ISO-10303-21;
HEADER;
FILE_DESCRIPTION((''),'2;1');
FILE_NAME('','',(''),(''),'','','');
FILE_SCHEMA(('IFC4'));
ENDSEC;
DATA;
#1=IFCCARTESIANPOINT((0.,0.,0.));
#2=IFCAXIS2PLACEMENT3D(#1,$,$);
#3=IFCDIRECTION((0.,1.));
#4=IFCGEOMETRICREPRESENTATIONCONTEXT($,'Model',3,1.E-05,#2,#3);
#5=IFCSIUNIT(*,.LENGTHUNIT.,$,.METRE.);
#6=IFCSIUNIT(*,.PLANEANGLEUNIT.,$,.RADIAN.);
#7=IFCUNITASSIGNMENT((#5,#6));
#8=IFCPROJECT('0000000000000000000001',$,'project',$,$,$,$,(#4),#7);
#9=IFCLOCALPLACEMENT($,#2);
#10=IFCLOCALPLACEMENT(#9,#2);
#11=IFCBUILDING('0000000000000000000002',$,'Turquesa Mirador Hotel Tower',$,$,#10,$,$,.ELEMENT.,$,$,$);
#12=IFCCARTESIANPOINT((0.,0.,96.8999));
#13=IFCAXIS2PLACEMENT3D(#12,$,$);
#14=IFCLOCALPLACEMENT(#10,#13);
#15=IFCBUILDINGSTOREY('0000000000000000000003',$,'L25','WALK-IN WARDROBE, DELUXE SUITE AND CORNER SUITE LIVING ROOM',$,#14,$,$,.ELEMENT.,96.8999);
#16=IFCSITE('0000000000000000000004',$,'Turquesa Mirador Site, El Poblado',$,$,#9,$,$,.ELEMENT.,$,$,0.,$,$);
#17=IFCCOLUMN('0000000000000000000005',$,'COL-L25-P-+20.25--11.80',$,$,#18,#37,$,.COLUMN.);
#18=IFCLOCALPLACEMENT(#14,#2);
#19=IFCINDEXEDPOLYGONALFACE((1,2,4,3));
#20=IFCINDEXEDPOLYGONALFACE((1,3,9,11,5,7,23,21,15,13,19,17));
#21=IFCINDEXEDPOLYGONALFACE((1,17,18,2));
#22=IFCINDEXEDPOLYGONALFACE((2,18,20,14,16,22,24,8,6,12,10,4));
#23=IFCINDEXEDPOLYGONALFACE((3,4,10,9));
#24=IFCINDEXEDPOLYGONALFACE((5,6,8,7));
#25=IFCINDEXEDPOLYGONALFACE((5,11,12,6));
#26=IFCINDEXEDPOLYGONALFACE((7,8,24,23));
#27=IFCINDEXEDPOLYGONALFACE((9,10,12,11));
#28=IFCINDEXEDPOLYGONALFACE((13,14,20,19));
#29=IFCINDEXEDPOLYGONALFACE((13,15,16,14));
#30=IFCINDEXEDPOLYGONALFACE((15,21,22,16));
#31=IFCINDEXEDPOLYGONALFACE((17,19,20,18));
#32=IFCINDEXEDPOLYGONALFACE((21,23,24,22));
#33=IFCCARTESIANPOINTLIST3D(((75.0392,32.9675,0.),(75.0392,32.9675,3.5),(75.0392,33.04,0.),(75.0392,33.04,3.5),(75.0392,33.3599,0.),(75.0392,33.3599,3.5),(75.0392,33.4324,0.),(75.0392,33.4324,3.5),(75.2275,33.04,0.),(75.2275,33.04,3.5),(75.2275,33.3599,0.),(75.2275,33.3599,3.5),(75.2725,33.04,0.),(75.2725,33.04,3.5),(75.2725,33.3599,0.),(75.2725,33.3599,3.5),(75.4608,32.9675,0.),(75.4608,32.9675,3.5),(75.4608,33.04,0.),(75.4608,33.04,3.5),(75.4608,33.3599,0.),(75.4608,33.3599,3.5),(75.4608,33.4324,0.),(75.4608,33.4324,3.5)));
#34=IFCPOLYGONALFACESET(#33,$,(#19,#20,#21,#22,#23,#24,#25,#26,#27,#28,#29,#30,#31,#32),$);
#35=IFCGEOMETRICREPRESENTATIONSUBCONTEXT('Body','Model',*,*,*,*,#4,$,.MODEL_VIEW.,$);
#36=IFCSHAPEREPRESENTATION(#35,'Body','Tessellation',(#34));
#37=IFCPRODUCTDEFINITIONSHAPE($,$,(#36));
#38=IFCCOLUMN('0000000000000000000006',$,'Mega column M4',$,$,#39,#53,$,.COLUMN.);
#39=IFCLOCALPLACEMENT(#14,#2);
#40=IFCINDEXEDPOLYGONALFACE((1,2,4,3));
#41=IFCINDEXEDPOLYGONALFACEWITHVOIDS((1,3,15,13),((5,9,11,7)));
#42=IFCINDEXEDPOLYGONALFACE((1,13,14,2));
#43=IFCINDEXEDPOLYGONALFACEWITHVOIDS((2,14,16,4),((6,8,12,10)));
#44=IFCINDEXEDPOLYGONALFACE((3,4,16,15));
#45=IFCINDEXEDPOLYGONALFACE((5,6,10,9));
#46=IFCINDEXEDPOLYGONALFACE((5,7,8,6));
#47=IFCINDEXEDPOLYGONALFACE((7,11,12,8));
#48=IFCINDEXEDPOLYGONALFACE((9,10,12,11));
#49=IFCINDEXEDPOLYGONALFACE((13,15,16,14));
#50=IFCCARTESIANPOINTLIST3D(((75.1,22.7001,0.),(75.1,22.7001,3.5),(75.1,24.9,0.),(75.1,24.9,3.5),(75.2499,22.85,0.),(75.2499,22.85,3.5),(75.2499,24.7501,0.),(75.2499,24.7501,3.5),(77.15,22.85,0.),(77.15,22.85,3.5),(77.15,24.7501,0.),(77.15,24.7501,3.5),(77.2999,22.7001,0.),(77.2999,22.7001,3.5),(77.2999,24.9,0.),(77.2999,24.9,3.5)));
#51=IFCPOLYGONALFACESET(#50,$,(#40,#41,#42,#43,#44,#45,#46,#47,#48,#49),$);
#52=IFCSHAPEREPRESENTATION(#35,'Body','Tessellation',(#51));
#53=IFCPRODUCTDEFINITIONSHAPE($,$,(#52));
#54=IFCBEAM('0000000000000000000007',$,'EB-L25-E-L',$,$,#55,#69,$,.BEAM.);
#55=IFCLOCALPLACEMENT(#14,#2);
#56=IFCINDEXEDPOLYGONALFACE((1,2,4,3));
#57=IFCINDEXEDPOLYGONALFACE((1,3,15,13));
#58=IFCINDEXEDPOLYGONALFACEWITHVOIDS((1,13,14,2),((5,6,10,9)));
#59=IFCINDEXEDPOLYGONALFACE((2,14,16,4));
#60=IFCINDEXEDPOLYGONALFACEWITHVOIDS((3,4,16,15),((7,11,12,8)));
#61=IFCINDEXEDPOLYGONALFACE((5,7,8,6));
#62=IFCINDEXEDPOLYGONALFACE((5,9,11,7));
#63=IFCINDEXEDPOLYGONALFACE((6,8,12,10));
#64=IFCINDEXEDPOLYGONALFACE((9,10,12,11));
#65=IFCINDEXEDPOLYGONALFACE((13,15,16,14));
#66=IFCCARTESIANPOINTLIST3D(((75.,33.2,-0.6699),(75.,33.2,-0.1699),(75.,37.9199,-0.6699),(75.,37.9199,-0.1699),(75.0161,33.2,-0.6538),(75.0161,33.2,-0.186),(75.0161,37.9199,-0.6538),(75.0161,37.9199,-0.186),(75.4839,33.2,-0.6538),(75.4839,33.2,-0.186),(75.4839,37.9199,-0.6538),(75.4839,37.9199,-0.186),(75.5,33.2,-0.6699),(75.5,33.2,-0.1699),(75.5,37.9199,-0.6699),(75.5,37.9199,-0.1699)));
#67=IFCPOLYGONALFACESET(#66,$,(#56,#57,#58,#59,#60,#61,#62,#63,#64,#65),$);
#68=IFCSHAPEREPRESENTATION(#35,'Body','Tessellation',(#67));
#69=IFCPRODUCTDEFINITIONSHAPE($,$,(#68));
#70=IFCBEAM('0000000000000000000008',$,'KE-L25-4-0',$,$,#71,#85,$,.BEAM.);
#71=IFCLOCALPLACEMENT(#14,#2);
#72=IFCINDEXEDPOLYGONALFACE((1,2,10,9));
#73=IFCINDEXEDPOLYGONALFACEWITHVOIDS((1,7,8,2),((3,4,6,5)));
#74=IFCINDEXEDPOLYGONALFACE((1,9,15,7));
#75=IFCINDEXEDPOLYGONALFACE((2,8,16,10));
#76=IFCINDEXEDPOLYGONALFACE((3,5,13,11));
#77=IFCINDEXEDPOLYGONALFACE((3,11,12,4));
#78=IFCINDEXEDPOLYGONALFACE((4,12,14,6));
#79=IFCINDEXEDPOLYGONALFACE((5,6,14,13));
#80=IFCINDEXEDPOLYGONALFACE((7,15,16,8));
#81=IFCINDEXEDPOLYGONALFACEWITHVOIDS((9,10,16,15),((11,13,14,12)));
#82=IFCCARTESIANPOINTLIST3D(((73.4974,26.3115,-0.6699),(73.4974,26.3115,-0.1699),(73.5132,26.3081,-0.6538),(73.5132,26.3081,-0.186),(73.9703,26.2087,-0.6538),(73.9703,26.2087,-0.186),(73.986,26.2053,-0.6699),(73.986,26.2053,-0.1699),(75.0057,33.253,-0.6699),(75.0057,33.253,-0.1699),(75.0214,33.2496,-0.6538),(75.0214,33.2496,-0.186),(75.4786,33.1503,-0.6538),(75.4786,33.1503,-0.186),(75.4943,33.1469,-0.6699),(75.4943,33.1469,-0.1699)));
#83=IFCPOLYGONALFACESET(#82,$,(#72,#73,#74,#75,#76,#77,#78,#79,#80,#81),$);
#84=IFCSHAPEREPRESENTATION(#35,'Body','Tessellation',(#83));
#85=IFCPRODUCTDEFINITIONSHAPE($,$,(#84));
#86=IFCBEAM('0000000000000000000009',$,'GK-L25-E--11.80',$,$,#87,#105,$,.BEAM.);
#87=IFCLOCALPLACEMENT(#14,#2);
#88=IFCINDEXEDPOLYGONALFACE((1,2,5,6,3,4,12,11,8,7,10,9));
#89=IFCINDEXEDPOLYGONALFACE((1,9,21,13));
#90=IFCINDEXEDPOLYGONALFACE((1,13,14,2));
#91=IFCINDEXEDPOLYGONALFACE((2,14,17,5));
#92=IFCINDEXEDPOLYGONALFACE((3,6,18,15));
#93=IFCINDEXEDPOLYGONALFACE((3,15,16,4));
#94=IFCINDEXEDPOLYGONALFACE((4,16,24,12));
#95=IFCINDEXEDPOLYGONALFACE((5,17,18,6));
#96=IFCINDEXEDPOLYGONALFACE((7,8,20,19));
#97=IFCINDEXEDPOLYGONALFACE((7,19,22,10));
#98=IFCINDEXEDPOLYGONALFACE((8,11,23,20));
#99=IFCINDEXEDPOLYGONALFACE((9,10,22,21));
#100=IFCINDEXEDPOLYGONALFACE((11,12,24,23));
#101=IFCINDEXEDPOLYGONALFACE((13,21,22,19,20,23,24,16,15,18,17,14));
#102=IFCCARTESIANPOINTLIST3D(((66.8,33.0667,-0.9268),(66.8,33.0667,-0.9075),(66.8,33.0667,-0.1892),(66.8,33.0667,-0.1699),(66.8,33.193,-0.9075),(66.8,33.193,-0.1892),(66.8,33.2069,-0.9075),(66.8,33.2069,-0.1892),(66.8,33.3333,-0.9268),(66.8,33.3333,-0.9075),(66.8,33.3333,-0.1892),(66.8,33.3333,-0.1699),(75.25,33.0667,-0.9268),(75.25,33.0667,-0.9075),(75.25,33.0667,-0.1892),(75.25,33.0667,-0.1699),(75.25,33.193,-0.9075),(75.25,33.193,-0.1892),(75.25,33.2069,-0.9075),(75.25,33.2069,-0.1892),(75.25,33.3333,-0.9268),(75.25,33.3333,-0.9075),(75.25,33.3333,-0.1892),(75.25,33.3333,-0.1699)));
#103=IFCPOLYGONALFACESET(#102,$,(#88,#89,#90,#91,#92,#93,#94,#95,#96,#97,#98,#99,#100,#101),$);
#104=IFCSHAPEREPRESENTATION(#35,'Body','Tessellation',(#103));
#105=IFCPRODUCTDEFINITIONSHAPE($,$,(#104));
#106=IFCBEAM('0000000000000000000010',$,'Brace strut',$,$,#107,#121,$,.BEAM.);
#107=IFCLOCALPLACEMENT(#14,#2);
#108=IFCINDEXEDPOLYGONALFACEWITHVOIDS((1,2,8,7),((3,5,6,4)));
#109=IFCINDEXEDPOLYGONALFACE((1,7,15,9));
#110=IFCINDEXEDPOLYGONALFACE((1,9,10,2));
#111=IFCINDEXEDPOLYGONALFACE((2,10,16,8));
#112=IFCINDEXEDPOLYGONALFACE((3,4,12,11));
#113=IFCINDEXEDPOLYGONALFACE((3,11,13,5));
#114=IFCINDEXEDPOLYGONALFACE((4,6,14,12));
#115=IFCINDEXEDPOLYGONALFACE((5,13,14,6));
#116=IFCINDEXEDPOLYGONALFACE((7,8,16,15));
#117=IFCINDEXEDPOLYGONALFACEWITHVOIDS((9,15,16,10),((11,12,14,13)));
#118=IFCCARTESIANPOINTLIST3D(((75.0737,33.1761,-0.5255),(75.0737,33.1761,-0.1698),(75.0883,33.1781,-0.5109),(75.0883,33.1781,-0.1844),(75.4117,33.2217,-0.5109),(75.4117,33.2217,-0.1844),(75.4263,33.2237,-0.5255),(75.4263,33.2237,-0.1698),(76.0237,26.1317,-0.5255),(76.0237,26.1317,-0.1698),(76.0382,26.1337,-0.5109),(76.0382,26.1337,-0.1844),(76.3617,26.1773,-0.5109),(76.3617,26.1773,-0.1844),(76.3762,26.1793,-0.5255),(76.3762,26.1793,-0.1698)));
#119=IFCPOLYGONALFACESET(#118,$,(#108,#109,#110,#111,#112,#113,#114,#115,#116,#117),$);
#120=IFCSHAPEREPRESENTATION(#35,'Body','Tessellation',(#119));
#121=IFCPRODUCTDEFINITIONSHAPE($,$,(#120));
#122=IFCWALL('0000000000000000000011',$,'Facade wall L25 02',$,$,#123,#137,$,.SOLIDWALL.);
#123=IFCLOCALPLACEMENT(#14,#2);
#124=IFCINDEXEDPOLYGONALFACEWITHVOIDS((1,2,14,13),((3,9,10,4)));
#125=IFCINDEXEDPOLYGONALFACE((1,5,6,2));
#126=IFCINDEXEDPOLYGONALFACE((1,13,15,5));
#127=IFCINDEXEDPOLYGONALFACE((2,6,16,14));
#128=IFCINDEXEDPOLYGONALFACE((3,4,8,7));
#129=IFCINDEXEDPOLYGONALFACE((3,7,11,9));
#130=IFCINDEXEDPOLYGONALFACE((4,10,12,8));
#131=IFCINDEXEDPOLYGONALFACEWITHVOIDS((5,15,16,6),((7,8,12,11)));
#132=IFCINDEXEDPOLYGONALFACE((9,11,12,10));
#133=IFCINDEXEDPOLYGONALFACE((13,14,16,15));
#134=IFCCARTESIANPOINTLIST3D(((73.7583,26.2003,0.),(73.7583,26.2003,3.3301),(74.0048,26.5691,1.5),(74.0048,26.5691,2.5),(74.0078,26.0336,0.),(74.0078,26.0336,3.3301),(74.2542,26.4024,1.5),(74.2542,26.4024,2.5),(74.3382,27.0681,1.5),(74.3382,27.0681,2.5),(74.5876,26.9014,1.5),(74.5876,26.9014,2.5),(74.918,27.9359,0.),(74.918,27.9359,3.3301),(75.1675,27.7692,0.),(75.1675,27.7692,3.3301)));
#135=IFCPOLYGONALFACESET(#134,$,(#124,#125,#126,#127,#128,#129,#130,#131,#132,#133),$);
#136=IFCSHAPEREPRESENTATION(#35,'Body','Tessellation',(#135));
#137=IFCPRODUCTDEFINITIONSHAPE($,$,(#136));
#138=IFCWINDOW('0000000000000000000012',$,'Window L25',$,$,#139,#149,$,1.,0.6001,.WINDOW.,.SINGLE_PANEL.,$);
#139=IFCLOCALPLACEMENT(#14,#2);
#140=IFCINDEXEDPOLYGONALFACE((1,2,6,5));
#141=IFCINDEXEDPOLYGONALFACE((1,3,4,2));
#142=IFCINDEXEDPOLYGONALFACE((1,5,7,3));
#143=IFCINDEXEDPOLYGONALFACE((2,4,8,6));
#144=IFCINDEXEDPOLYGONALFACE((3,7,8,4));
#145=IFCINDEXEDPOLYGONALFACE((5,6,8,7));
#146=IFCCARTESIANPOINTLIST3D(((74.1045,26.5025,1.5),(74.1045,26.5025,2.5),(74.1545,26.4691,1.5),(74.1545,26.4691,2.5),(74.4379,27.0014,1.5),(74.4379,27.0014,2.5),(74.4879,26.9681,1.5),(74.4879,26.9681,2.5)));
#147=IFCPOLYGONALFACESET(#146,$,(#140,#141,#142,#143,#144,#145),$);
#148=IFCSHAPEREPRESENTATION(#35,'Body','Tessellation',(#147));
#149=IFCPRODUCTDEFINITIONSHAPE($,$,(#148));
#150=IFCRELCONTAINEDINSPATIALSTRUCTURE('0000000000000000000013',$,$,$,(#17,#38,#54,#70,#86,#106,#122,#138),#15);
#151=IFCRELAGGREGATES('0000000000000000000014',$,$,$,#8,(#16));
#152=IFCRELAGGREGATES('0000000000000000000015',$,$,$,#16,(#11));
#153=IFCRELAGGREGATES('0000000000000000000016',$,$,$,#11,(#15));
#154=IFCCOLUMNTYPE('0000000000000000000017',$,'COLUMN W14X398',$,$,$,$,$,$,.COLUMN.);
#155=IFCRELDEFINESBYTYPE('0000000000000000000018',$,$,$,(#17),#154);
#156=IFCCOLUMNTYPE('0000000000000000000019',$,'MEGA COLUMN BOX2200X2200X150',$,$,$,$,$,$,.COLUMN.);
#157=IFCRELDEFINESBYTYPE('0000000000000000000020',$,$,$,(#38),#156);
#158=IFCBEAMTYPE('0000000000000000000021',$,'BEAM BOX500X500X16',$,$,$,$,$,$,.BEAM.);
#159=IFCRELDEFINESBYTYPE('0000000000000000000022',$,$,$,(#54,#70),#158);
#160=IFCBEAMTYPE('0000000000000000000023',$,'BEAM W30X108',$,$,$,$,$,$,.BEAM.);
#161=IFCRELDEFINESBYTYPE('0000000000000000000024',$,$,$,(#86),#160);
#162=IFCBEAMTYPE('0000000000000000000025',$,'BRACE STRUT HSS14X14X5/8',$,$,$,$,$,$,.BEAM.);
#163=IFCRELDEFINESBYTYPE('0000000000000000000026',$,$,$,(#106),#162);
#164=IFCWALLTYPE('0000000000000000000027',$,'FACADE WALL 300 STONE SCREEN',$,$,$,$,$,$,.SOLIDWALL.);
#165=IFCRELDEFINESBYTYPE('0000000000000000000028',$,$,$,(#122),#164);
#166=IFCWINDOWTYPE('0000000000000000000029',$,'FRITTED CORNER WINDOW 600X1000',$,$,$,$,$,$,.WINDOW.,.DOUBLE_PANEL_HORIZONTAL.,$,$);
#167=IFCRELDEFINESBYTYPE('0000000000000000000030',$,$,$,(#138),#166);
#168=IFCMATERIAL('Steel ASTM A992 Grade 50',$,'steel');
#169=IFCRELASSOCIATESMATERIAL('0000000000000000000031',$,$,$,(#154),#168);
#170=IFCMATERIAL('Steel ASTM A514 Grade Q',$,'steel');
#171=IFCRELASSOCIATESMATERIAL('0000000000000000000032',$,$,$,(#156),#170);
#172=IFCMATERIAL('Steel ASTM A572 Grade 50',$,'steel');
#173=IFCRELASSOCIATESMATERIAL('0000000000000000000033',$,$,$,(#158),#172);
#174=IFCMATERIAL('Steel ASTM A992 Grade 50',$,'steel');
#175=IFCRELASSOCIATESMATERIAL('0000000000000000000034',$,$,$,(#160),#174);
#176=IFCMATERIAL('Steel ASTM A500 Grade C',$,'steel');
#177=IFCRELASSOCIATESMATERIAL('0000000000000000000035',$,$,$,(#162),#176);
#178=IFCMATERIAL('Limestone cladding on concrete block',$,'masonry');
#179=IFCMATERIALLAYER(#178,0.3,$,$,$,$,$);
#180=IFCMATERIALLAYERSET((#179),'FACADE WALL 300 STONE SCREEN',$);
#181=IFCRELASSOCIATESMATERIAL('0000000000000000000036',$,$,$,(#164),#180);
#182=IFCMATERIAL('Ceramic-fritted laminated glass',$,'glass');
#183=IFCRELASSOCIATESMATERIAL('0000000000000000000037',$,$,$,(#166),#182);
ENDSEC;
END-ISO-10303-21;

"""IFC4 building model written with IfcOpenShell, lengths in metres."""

from ifc_helpers import new_model, si_unit, direction, frame, frame_2d, origin, origin_2d, place, context, subcontext, project, spatial, rectangle, hollow_rectangle, i_section, extrude, material, layer, layer_set, material_profile, profile_set, type_object, element, fill, save


model = new_model("IFC4")

# Units and contexts
model_context = context("Model", 3, precision=1e-05, world=origin(), true_north=direction((0.0, 1.0)))
body_context = subcontext(model_context, "Body", "Model", "MODEL_VIEW")
ifc_project = project(units=[si_unit("LENGTHUNIT", "METRE"), si_unit("PLANEANGLEUNIT", "RADIAN")], contexts=[model_context])

# Site, building, storey
site_placement = place(None, origin())
site = spatial("IfcSite", under=ifc_project, at=site_placement, Name="Turquesa Mirador Site, El Poblado", CompositionType="ELEMENT", RefElevation=0.0)
building_placement = place(site_placement, origin())
building = spatial("IfcBuilding", under=site, at=building_placement, Name="Turquesa Mirador Hotel Tower", CompositionType="ELEMENT")
storey_placement = place(building_placement, frame((0.0, 0.0, 96.8999)))
storey = spatial("IfcBuildingStorey", under=building, at=storey_placement, Name="L25", Description="WALK-IN WARDROBE, DELUXE SUITE AND CORNER SUITE LIVING ROOM", CompositionType="ELEMENT", Elevation=96.8999)

# Columns
ifc_material_1 = material(Name="Steel ASTM A992 Grade 50", Category="steel")
ifc_material_profile_1 = material_profile(ifc_material_1, i_section(OverallWidth=0.4216, OverallDepth=0.4648, WebThickness=0.0449, FlangeThickness=0.0725, at=origin_2d()), Name="W14X398")
ifc_profile_set_1 = profile_set([ifc_material_profile_1], Name="Steel ASTM A992 Grade 50")
column_type_1 = type_object("IfcColumnType", Name="COLUMN W14X398", PredefinedType="COLUMN", material=ifc_profile_set_1)
column_1_placement = place(storey_placement, frame((75.25, 33.2, 0.0), z_axis=(0.0, 0.0, 1.0), x_axis=(1.0, 0.0, 0.0)))
element("IfcColumn", 1, at=column_1_placement, inside=storey, type_object=column_type_1, Name="COL-L25-P-+20.25--11.80", PredefinedType="COLUMN", context=body_context, shape_type="SweptSolid", body=[
    extrude(i_section(OverallWidth=0.4216, OverallDepth=0.4648, WebThickness=0.0449, FlangeThickness=0.0725, at=origin_2d()), origin(), (0.0, 0.0, 1.0), 3.5),
])
ifc_material_2 = material(Name="Steel ASTM A514 Grade Q", Category="steel")
ifc_material_profile_2 = material_profile(ifc_material_2, hollow_rectangle(XDim=2.2, YDim=2.2, WallThickness=0.1499, at=origin_2d()), Name="BOX2200X2200X150")
ifc_profile_set_2 = profile_set([ifc_material_profile_2], Name="Steel ASTM A514 Grade Q")
column_type_2 = type_object("IfcColumnType", Name="MEGA COLUMN BOX2200X2200X150", PredefinedType="COLUMN", material=ifc_profile_set_2)
column_2_placement = place(storey_placement, frame((76.2, 23.8, 0.0), z_axis=(0.0, 0.0, 1.0), x_axis=(1.0, 0.0, 0.0)))
element("IfcColumn", 2, at=column_2_placement, inside=storey, type_object=column_type_2, Name="Mega column M4", PredefinedType="COLUMN", context=body_context, shape_type="SweptSolid", body=[
    extrude(hollow_rectangle(XDim=2.2, YDim=2.2, WallThickness=0.1499, at=origin_2d()), origin(), (0.0, 0.0, 1.0), 3.5),
])

# Beams
ifc_material_3 = material(Name="Steel ASTM A572 Grade 50", Category="steel")
ifc_material_profile_3 = material_profile(ifc_material_3, hollow_rectangle(XDim=0.5, YDim=0.5, WallThickness=0.0161, at=origin_2d()), Name="BOX500X500X16")
ifc_profile_set_3 = profile_set([ifc_material_profile_3], Name="Steel ASTM A572 Grade 50")
beam_type_1 = type_object("IfcBeamType", Name="BEAM BOX500X500X16", PredefinedType="BEAM", material=ifc_profile_set_3)
beam_1_placement = place(storey_placement, frame((75.25, 33.2, -0.4199), z_axis=(0.0, 1.0, 0.0), x_axis=(-1.0, 0.0, 0.0)))
element("IfcBeam", 3, at=beam_1_placement, inside=storey, type_object=beam_type_1, Name="EB-L25-E-L", PredefinedType="BEAM", context=body_context, shape_type="SweptSolid", body=[
    extrude(hollow_rectangle(XDim=0.5, YDim=0.5, WallThickness=0.0161, at=origin_2d()), origin(), (0.0, 0.0, 1.0), 4.72),
])
beam_2_placement = place(storey_placement, frame((75.25, 33.2, -0.4199), z_axis=(-0.212328, -0.977198, 0.0), x_axis=(0.977198, -0.212328, 0.0)))
element("IfcBeam", 4, at=beam_2_placement, inside=storey, type_object=beam_type_1, Name="KE-L25-4-0", PredefinedType="BEAM", context=body_context, shape_type="SweptSolid", body=[
    extrude(hollow_rectangle(XDim=0.5, YDim=0.5, WallThickness=0.0161, at=origin_2d()), origin(), (0.0, 0.0, 1.0), 7.1035),
])
ifc_material_4 = material(Name="Steel ASTM A992 Grade 50", Category="steel")
ifc_material_profile_4 = material_profile(ifc_material_4, i_section(OverallWidth=0.2666, OverallDepth=0.7568, WebThickness=0.0139, FlangeThickness=0.0193, at=origin_2d()), Name="W30X108")
ifc_profile_set_4 = profile_set([ifc_material_profile_4], Name="Steel ASTM A992 Grade 50")
beam_type_2 = type_object("IfcBeamType", Name="BEAM W30X108", PredefinedType="BEAM", material=ifc_profile_set_4)
beam_3_placement = place(storey_placement, frame((75.25, 33.2, -0.5483), z_axis=(-1.0, 0.0, 0.0), x_axis=(0.0, -1.0, 0.0)))
element("IfcBeam", 5, at=beam_3_placement, inside=storey, type_object=beam_type_2, Name="GK-L25-E--11.80", PredefinedType="BEAM", context=body_context, shape_type="SweptSolid", body=[
    extrude(i_section(OverallWidth=0.2666, OverallDepth=0.7568, WebThickness=0.0139, FlangeThickness=0.0193, at=origin_2d()), origin(), (0.0, 0.0, 1.0), 8.45),
])
ifc_material_5 = material(Name="Steel ASTM A500 Grade C", Category="steel")
ifc_material_profile_5 = material_profile(ifc_material_5, hollow_rectangle(XDim=0.3557, YDim=0.3557, WallThickness=0.0146, at=origin_2d()), Name="HSS14X14X5/8")
ifc_profile_set_5 = profile_set([ifc_material_profile_5], Name="Steel ASTM A500 Grade C")
beam_type_3 = type_object("IfcBeamType", Name="BRACE STRUT HSS14X14X5/8", PredefinedType="BEAM", material=ifc_profile_set_5)
beam_4_placement = place(storey_placement, frame((76.2, 26.1555, -0.3477), z_axis=(-0.133642, 0.99103, 0.0), x_axis=(-0.99103, -0.133642, 0.0)))
element("IfcBeam", 6, at=beam_4_placement, inside=storey, type_object=beam_type_3, Name="Brace strut", PredefinedType="BEAM", context=body_context, shape_type="SweptSolid", body=[
    extrude(hollow_rectangle(XDim=0.3557, YDim=0.3557, WallThickness=0.0146, at=origin_2d()), origin(), (0.0, 0.0, 1.0), 7.1082),
])

# Wall, opening, window
ifc_material_6 = material(Name="Limestone cladding on concrete block", Category="masonry")
ifc_layer = layer(ifc_material_6, 0.3)
ifc_layer_set = layer_set([ifc_layer], Name="FACADE WALL 300 STONE SCREEN")
wall_type = type_object("IfcWallType", Name="FACADE WALL 300 STONE SCREEN", PredefinedType="SOLIDWALL", material=ifc_layer_set)
wall_1_placement = place(storey_placement, frame((73.8831, 26.1169, 0.0), z_axis=(0.0, 0.0, 1.0), x_axis=(0.555564, 0.831474, 0.0)))
wall_1 = element("IfcWall", 7, at=wall_1_placement, inside=storey, type_object=wall_type, Name="Facade wall L25 02", PredefinedType="SOLIDWALL", context=body_context, shape_type="SweptSolid", body=[
    extrude(rectangle(XDim=2.0874, YDim=0.3, at=frame_2d((1.0437, 0.0))), origin(), (0.0, 0.0, 1.0), 3.3301),
])
opening_1_placement = place(wall_1_placement, frame((0.4436, 0.0, 1.5)))
opening_1 = element("IfcOpeningElement", 8, at=opening_1_placement, cuts=wall_1, PredefinedType="OPENING", context=body_context, shape_type="SweptSolid", body=[
    extrude(rectangle(XDim=0.6001, YDim=1.0, at=frame_2d((0.3, 0.5))), frame((0.0, 0.1599, 0.0), z_axis=(0.0, -1.0, 0.0), x_axis=(1.0, 0.0, 0.0)), (0.0, 0.0, 1.0), 0.3201),
])
ifc_material_7 = material(Name="Ceramic-fritted laminated glass", Category="glass")
window_type_1 = type_object("IfcWindowType", Name="FRITTED CORNER WINDOW 600X1000", PartitioningType="DOUBLE_PANEL_HORIZONTAL", PredefinedType="WINDOW", material=ifc_material_7)
window_1_placement = place(opening_1_placement, origin())
window_1 = element("IfcWindow", 9, at=window_1_placement, inside=storey, type_object=window_type_1, Name="Window L25", OverallHeight=1.0, OverallWidth=0.6001, PartitioningType="SINGLE_PANEL", PredefinedType="WINDOW", context=body_context, shape_type="SweptSolid", body=[
    extrude(rectangle(XDim=0.6001, YDim=1.0, at=frame_2d((0.3, 0.5))), frame((0.0, 0.03, 0.0), z_axis=(0.0, -1.0, 0.0), x_axis=(1.0, 0.0, 0.0)), (0.0, 0.0, 1.0), 0.0601),
])
fill(opening_1, window_1)

save(model, "model.ifc")
